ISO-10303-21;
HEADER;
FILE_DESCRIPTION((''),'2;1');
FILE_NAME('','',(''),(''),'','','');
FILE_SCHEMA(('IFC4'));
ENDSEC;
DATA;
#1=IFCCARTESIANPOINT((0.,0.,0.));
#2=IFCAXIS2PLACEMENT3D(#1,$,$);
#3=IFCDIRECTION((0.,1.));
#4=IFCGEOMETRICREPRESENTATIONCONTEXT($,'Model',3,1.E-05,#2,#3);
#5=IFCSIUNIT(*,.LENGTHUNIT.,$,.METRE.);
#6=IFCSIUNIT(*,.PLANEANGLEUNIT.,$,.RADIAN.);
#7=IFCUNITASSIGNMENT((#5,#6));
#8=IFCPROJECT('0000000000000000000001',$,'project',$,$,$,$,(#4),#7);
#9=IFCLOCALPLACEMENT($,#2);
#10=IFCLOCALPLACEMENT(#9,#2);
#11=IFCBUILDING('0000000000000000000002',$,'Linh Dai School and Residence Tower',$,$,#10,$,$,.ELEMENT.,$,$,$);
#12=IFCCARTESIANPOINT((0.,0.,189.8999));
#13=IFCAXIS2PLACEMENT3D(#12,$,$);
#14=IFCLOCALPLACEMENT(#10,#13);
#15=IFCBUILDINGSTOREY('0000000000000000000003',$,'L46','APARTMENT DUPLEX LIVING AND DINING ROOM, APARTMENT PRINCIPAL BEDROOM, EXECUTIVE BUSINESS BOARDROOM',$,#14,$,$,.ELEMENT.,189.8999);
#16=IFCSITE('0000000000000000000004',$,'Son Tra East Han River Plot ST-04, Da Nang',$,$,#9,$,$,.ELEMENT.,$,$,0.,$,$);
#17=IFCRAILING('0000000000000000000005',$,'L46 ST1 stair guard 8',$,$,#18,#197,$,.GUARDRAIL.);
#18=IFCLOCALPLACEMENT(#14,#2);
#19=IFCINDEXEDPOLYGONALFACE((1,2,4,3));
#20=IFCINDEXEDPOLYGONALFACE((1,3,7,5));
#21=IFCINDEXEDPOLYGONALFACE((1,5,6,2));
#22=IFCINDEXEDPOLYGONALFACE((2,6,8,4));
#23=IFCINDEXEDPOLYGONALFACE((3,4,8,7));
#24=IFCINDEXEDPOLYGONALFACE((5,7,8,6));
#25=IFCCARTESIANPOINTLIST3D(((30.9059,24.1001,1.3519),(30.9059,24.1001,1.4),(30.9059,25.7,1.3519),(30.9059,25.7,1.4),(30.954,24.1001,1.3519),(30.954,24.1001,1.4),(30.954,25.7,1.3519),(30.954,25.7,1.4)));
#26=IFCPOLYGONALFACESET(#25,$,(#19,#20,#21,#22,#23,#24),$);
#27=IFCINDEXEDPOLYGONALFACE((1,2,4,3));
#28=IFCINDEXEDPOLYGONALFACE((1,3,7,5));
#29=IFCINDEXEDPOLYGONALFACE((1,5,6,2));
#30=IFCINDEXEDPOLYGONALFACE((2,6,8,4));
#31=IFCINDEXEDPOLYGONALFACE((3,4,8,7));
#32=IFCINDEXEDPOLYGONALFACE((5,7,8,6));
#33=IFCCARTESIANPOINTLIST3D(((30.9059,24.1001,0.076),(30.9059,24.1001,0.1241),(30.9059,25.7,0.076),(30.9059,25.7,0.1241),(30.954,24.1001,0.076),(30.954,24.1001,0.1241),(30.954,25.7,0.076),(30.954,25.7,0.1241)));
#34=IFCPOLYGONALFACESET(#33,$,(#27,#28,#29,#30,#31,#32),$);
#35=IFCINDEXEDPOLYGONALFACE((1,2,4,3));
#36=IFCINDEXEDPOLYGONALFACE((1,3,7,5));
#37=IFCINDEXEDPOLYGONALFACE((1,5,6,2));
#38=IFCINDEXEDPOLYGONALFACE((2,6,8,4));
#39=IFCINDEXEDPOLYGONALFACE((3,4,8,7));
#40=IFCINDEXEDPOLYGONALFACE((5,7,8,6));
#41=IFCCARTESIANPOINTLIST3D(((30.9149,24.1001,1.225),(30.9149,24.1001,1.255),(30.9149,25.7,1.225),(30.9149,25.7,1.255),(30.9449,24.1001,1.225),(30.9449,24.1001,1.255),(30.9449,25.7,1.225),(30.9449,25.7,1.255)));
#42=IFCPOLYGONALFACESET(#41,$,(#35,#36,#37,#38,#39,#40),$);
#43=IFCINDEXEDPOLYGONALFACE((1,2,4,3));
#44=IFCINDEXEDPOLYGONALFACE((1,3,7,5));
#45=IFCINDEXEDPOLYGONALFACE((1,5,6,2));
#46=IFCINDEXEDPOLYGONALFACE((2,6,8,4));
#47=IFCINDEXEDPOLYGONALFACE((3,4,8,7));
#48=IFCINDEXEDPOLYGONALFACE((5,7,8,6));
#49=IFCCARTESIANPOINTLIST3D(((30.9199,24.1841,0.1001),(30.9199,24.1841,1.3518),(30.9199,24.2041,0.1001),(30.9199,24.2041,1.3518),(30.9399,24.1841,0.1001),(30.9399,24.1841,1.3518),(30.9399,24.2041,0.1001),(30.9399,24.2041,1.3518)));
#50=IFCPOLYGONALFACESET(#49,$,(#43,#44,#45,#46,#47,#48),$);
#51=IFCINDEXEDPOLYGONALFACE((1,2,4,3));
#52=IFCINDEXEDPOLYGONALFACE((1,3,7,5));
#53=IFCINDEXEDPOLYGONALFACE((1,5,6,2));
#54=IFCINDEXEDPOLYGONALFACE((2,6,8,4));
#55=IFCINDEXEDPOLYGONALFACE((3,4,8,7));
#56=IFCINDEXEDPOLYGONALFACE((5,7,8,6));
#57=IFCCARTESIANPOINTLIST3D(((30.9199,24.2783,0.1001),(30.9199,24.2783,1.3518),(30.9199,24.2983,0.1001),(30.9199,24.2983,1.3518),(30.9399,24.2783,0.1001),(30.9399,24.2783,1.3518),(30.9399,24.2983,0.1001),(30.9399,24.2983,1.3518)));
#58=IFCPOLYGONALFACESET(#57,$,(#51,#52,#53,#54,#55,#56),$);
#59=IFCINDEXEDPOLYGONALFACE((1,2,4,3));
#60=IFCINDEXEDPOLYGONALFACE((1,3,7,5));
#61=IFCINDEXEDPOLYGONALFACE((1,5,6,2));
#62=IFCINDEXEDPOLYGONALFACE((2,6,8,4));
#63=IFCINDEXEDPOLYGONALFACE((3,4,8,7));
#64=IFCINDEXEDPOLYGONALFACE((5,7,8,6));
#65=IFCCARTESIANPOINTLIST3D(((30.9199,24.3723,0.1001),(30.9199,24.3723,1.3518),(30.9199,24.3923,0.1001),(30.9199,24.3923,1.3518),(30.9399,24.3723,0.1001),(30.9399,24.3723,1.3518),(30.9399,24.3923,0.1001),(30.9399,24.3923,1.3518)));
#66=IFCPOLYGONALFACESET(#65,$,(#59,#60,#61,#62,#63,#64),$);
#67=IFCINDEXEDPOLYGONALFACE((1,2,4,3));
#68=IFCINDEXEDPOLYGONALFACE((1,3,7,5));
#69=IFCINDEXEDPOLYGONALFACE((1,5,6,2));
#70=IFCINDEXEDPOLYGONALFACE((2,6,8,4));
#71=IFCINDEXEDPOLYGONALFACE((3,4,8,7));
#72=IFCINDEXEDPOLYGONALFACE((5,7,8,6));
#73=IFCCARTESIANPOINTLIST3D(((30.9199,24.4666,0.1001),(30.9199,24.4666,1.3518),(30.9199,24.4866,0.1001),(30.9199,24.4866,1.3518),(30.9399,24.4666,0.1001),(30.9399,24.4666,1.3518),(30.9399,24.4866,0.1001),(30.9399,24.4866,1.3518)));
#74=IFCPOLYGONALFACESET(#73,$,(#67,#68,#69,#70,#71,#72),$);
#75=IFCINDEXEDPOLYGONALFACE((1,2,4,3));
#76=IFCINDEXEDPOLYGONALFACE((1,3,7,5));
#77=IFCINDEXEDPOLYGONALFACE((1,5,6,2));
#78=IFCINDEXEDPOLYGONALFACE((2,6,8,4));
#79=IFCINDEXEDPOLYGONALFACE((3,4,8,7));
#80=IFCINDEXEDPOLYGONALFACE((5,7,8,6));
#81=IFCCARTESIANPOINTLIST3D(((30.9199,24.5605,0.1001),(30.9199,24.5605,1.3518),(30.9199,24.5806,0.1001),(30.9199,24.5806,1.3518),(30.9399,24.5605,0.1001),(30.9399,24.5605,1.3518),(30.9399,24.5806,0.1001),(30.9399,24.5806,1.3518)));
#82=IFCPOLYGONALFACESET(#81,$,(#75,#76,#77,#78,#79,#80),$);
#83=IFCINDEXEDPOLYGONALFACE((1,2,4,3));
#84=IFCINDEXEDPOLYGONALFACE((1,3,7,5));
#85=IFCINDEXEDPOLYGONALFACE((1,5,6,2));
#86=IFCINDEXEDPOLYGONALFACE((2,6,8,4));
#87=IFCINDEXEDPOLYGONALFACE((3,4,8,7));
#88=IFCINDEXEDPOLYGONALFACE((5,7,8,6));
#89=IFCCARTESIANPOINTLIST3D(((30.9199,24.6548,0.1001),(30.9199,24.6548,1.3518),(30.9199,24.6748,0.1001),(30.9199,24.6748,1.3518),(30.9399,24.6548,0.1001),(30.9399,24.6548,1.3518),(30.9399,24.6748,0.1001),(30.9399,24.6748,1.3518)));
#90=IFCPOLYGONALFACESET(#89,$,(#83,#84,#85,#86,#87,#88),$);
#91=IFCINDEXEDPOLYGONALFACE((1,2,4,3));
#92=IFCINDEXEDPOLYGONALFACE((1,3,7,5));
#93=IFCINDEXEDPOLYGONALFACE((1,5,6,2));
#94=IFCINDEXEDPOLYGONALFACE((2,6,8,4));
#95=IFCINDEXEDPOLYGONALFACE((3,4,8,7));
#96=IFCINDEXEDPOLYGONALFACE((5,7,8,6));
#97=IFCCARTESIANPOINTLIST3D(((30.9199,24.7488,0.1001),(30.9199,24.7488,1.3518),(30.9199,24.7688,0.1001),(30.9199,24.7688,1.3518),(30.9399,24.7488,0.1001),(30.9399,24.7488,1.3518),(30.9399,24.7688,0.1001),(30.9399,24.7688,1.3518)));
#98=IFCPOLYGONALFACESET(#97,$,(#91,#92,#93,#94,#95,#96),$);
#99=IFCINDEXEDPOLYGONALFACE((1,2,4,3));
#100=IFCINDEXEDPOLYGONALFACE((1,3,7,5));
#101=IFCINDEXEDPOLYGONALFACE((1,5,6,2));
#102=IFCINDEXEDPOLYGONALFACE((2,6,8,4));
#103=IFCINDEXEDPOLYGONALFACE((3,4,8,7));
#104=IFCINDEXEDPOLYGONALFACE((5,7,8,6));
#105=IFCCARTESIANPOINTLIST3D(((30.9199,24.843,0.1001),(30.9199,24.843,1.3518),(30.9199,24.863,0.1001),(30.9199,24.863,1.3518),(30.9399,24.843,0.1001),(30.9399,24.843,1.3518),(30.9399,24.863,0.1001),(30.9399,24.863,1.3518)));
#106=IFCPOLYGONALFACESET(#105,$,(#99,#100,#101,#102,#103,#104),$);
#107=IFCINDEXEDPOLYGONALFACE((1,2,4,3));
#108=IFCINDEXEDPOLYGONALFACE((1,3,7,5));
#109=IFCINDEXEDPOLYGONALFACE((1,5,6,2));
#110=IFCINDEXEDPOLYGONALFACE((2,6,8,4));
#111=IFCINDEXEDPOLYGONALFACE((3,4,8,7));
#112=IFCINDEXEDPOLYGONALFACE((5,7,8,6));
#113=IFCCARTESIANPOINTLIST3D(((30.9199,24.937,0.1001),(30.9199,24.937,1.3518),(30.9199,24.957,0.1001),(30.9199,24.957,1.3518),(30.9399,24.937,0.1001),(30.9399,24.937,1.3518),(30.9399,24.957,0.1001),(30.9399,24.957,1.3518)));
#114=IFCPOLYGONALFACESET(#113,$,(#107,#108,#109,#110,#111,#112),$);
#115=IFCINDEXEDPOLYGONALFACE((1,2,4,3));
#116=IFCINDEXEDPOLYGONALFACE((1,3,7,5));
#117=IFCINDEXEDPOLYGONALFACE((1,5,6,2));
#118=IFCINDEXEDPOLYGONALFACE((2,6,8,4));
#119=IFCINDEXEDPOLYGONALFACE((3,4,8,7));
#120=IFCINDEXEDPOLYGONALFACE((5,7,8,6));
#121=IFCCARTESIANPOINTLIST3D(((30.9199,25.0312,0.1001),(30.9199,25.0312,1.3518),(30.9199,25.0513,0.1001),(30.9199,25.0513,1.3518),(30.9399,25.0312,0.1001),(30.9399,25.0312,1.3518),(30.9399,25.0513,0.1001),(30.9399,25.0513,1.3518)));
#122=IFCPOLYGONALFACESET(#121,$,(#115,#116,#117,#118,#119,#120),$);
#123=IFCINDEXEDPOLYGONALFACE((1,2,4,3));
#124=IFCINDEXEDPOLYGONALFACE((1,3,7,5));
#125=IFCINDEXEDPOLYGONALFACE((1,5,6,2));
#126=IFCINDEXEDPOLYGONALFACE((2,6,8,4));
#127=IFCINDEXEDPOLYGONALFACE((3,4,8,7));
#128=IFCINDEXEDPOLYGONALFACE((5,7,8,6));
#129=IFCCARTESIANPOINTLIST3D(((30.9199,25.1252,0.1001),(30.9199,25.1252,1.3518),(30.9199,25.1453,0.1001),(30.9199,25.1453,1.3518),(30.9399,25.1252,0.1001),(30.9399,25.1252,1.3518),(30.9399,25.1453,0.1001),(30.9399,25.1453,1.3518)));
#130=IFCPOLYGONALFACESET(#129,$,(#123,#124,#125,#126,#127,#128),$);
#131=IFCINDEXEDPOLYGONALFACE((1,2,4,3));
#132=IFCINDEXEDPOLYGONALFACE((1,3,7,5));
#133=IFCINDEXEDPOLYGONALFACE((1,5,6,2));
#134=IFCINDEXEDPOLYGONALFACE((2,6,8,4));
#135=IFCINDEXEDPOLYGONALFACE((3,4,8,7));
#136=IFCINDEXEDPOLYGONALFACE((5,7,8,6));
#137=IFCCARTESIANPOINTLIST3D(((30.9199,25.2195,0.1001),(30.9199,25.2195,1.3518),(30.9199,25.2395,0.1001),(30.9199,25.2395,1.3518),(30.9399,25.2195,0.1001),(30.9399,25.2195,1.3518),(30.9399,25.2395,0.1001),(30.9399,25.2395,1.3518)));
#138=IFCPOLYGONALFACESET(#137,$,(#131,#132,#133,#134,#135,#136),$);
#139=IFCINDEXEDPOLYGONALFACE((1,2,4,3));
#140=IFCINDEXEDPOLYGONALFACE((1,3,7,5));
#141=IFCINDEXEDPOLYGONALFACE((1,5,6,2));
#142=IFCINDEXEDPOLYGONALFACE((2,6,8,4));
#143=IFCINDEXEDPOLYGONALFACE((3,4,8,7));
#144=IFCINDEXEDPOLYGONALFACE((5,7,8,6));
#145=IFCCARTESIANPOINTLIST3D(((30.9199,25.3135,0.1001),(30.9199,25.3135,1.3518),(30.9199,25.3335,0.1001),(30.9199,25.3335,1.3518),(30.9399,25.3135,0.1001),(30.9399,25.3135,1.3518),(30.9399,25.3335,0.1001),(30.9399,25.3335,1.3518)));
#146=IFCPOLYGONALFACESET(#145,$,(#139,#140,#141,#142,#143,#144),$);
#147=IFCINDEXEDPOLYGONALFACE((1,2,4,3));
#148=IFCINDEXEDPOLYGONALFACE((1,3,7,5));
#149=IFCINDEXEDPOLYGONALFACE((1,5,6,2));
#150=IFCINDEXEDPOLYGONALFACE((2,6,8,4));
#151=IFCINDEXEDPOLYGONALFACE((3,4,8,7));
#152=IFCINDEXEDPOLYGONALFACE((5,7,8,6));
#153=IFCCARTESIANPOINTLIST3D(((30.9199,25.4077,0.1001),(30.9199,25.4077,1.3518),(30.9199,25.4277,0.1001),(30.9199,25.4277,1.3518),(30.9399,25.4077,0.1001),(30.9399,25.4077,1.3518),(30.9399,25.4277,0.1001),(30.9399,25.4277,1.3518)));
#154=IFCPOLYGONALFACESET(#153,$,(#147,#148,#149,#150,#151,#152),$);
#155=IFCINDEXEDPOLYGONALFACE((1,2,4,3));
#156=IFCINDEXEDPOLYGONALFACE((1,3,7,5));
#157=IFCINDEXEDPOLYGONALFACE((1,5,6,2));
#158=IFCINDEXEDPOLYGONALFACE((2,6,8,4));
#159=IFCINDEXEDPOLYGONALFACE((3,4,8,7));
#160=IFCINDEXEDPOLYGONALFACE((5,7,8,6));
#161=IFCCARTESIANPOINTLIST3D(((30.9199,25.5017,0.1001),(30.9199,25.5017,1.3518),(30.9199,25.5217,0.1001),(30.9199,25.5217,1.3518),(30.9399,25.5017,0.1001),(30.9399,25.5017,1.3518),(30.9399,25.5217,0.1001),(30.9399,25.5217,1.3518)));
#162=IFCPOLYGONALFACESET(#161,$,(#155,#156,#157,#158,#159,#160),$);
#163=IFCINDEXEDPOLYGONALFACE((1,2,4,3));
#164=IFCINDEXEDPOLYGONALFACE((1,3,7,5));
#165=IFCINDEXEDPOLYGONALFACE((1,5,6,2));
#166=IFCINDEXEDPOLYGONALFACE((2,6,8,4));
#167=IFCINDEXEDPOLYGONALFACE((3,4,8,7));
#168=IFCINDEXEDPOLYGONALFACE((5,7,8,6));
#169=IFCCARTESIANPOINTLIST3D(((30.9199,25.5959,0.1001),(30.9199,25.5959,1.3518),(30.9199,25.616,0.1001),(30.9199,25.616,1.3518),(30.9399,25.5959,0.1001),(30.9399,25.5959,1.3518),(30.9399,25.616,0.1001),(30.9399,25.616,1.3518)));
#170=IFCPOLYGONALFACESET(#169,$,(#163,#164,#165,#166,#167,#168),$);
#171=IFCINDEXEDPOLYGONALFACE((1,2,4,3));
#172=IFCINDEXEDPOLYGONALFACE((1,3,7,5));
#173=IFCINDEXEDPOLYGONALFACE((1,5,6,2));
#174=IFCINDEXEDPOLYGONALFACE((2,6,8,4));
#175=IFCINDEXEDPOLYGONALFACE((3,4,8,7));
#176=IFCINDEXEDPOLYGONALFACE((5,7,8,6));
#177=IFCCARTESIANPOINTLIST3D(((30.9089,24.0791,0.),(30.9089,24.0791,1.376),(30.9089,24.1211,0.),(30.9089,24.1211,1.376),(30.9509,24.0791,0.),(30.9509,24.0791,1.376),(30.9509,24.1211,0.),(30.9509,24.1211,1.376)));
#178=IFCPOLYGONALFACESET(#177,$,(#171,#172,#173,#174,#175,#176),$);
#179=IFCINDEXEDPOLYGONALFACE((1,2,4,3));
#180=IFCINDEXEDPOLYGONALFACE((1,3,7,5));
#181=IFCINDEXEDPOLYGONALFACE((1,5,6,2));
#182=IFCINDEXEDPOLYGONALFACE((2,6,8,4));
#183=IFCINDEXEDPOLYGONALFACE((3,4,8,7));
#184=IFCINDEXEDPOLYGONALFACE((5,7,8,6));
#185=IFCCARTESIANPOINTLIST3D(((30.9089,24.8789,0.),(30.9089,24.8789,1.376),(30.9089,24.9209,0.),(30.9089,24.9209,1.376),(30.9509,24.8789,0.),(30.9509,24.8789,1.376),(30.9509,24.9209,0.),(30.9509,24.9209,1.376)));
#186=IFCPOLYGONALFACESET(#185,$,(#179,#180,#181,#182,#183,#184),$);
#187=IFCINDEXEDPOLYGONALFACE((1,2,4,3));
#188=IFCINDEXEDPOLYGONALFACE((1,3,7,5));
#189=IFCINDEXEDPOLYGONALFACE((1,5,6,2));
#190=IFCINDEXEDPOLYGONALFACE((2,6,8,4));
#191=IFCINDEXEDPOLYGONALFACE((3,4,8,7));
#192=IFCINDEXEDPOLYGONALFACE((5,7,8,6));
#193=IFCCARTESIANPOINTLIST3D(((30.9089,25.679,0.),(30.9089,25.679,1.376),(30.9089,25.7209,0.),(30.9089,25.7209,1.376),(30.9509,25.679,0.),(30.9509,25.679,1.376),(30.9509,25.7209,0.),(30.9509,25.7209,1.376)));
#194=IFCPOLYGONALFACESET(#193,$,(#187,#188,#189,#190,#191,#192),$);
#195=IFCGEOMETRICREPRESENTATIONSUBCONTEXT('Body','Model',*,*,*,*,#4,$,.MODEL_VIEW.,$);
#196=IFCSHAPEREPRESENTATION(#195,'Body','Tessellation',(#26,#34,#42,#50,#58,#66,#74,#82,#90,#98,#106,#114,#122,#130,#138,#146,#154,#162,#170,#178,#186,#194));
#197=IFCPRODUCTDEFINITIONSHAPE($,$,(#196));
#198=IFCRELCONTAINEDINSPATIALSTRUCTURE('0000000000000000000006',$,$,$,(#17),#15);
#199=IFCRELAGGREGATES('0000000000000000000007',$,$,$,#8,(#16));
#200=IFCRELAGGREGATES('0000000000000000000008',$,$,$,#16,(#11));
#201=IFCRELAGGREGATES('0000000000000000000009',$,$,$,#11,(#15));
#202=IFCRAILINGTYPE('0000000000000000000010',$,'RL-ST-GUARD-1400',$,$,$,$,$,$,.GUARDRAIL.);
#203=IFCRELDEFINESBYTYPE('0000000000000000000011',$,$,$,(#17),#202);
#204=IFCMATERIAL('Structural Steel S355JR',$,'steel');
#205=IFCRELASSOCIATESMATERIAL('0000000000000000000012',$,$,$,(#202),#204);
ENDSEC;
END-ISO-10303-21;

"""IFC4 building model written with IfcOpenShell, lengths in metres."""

from ifc_helpers import new_model, si_unit, direction, frame, origin, origin_2d, place, context, subcontext, project, spatial, rectangle, extrude, source, transform, mapped, material, type_object, element, save


model = new_model("IFC4")

# Units and contexts
model_context = context("Model", 3, precision=1e-05, world=origin(), true_north=direction((0.0, 1.0)))
body_context = subcontext(model_context, "Body", "Model", "MODEL_VIEW")
ifc_project = project(units=[si_unit("LENGTHUNIT", "METRE"), si_unit("PLANEANGLEUNIT", "RADIAN")], contexts=[model_context])

# Site, building, storey
site_placement = place(None, origin())
site = spatial("IfcSite", under=ifc_project, at=site_placement, Name="Son Tra East Han River Plot ST-04, Da Nang", CompositionType="ELEMENT", RefElevation=0.0)
building_placement = place(site_placement, origin())
building = spatial("IfcBuilding", under=site, at=building_placement, Name="Linh Dai School and Residence Tower", CompositionType="ELEMENT")
storey_placement = place(building_placement, frame((0.0, 0.0, 189.8999)))
storey = spatial("IfcBuildingStorey", under=building, at=storey_placement, Name="L46", Description="APARTMENT DUPLEX LIVING AND DINING ROOM, APARTMENT PRINCIPAL BEDROOM, EXECUTIVE BUSINESS BOARDROOM", CompositionType="ELEMENT", Elevation=189.8999)

# Shared definitions
ifc_material_1 = material(Name="Structural Steel S355JR", Category="steel")

# Railing
railing_type = type_object("IfcRailingType", Name="RL-ST-GUARD-1400", PredefinedType="GUARDRAIL", material=ifc_material_1)
shared_shape_1 = source(origin(), body_context, "Body", "SweptSolid", [
    extrude(rectangle(XDim=0.0481, YDim=0.0481, at=origin_2d()), frame((0.0, 0.0, 1.376), z_axis=(0.0, 1.0, 0.0), x_axis=(-1.0, 0.0, 0.0)), (0.0, 0.0, 1.0), 1.5999),
    extrude(rectangle(XDim=0.0481, YDim=0.0481, at=origin_2d()), frame((0.0, 0.0, 0.1001), z_axis=(0.0, 1.0, 0.0), x_axis=(-1.0, 0.0, 0.0)), (0.0, 0.0, 1.0), 1.5999),
    extrude(rectangle(XDim=0.03, YDim=0.03, at=origin_2d()), frame((0.0, 0.0, 1.24), z_axis=(0.0, 1.0, 0.0), x_axis=(-1.0, 0.0, 0.0)), (0.0, 0.0, 1.0), 1.5999),
    extrude(rectangle(XDim=0.02, YDim=0.02, at=origin_2d()), frame((0.0, 0.094, 0.1001)), (0.0, 0.0, 1.0), 1.2517),
    extrude(rectangle(XDim=0.02, YDim=0.02, at=origin_2d()), frame((0.0, 0.1882, 0.1001)), (0.0, 0.0, 1.0), 1.2517),
    extrude(rectangle(XDim=0.02, YDim=0.02, at=origin_2d()), frame((0.0, 0.2822, 0.1001)), (0.0, 0.0, 1.0), 1.2517),
    extrude(rectangle(XDim=0.02, YDim=0.02, at=origin_2d()), frame((0.0, 0.3765, 0.1001)), (0.0, 0.0, 1.0), 1.2517),
    extrude(rectangle(XDim=0.02, YDim=0.02, at=origin_2d()), frame((0.0, 0.4705, 0.1001)), (0.0, 0.0, 1.0), 1.2517),
    extrude(rectangle(XDim=0.02, YDim=0.02, at=origin_2d()), frame((0.0, 0.5647, 0.1001)), (0.0, 0.0, 1.0), 1.2517),
    extrude(rectangle(XDim=0.02, YDim=0.02, at=origin_2d()), frame((0.0, 0.6587, 0.1001)), (0.0, 0.0, 1.0), 1.2517),
    extrude(rectangle(XDim=0.02, YDim=0.02, at=origin_2d()), frame((0.0, 0.7529, 0.1001)), (0.0, 0.0, 1.0), 1.2517),
    extrude(rectangle(XDim=0.02, YDim=0.02, at=origin_2d()), frame((0.0, 0.8469, 0.1001)), (0.0, 0.0, 1.0), 1.2517),
    extrude(rectangle(XDim=0.02, YDim=0.02, at=origin_2d()), frame((0.0, 0.9412, 0.1001)), (0.0, 0.0, 1.0), 1.2517),
    extrude(rectangle(XDim=0.02, YDim=0.02, at=origin_2d()), frame((0.0, 1.0352, 0.1001)), (0.0, 0.0, 1.0), 1.2517),
    extrude(rectangle(XDim=0.02, YDim=0.02, at=origin_2d()), frame((0.0, 1.1294, 0.1001)), (0.0, 0.0, 1.0), 1.2517),
    extrude(rectangle(XDim=0.02, YDim=0.02, at=origin_2d()), frame((0.0, 1.2234, 0.1001)), (0.0, 0.0, 1.0), 1.2517),
    extrude(rectangle(XDim=0.02, YDim=0.02, at=origin_2d()), frame((0.0, 1.3176, 0.1001)), (0.0, 0.0, 1.0), 1.2517),
    extrude(rectangle(XDim=0.02, YDim=0.02, at=origin_2d()), frame((0.0, 1.4116, 0.1001)), (0.0, 0.0, 1.0), 1.2517),
    extrude(rectangle(XDim=0.02, YDim=0.02, at=origin_2d()), frame((0.0, 1.5059, 0.1001)), (0.0, 0.0, 1.0), 1.2517),
    extrude(rectangle(XDim=0.042, YDim=0.042, at=origin_2d()), origin(), (0.0, 0.0, 1.0), 1.376),
    extrude(rectangle(XDim=0.042, YDim=0.042, at=origin_2d()), frame((0.0, 0.7998, 0.0)), (0.0, 0.0, 1.0), 1.376),
    extrude(rectangle(XDim=0.042, YDim=0.042, at=origin_2d()), frame((0.0, 1.5999, 0.0)), (0.0, 0.0, 1.0), 1.376),
])
for number, where, name in (
    (1, (30.9299, 24.1001, 0.0), "L46 ST1 stair guard 8"),
):
    element("IfcRailing", number, at=place(storey_placement, frame(where)), inside=storey, type_object=railing_type, Name=name, PredefinedType="GUARDRAIL", context=body_context, shape_type="MappedRepresentation", body=[
        mapped(shared_shape_1, transform((0.0, 0.0, 0.0), x_axis=(1.0, 0.0, 0.0), y_axis=(0.0, 1.0, 0.0), z_axis=(0.0, 0.0, 1.0), scale=1.0)),
    ])

save(model, "model.ifc")
